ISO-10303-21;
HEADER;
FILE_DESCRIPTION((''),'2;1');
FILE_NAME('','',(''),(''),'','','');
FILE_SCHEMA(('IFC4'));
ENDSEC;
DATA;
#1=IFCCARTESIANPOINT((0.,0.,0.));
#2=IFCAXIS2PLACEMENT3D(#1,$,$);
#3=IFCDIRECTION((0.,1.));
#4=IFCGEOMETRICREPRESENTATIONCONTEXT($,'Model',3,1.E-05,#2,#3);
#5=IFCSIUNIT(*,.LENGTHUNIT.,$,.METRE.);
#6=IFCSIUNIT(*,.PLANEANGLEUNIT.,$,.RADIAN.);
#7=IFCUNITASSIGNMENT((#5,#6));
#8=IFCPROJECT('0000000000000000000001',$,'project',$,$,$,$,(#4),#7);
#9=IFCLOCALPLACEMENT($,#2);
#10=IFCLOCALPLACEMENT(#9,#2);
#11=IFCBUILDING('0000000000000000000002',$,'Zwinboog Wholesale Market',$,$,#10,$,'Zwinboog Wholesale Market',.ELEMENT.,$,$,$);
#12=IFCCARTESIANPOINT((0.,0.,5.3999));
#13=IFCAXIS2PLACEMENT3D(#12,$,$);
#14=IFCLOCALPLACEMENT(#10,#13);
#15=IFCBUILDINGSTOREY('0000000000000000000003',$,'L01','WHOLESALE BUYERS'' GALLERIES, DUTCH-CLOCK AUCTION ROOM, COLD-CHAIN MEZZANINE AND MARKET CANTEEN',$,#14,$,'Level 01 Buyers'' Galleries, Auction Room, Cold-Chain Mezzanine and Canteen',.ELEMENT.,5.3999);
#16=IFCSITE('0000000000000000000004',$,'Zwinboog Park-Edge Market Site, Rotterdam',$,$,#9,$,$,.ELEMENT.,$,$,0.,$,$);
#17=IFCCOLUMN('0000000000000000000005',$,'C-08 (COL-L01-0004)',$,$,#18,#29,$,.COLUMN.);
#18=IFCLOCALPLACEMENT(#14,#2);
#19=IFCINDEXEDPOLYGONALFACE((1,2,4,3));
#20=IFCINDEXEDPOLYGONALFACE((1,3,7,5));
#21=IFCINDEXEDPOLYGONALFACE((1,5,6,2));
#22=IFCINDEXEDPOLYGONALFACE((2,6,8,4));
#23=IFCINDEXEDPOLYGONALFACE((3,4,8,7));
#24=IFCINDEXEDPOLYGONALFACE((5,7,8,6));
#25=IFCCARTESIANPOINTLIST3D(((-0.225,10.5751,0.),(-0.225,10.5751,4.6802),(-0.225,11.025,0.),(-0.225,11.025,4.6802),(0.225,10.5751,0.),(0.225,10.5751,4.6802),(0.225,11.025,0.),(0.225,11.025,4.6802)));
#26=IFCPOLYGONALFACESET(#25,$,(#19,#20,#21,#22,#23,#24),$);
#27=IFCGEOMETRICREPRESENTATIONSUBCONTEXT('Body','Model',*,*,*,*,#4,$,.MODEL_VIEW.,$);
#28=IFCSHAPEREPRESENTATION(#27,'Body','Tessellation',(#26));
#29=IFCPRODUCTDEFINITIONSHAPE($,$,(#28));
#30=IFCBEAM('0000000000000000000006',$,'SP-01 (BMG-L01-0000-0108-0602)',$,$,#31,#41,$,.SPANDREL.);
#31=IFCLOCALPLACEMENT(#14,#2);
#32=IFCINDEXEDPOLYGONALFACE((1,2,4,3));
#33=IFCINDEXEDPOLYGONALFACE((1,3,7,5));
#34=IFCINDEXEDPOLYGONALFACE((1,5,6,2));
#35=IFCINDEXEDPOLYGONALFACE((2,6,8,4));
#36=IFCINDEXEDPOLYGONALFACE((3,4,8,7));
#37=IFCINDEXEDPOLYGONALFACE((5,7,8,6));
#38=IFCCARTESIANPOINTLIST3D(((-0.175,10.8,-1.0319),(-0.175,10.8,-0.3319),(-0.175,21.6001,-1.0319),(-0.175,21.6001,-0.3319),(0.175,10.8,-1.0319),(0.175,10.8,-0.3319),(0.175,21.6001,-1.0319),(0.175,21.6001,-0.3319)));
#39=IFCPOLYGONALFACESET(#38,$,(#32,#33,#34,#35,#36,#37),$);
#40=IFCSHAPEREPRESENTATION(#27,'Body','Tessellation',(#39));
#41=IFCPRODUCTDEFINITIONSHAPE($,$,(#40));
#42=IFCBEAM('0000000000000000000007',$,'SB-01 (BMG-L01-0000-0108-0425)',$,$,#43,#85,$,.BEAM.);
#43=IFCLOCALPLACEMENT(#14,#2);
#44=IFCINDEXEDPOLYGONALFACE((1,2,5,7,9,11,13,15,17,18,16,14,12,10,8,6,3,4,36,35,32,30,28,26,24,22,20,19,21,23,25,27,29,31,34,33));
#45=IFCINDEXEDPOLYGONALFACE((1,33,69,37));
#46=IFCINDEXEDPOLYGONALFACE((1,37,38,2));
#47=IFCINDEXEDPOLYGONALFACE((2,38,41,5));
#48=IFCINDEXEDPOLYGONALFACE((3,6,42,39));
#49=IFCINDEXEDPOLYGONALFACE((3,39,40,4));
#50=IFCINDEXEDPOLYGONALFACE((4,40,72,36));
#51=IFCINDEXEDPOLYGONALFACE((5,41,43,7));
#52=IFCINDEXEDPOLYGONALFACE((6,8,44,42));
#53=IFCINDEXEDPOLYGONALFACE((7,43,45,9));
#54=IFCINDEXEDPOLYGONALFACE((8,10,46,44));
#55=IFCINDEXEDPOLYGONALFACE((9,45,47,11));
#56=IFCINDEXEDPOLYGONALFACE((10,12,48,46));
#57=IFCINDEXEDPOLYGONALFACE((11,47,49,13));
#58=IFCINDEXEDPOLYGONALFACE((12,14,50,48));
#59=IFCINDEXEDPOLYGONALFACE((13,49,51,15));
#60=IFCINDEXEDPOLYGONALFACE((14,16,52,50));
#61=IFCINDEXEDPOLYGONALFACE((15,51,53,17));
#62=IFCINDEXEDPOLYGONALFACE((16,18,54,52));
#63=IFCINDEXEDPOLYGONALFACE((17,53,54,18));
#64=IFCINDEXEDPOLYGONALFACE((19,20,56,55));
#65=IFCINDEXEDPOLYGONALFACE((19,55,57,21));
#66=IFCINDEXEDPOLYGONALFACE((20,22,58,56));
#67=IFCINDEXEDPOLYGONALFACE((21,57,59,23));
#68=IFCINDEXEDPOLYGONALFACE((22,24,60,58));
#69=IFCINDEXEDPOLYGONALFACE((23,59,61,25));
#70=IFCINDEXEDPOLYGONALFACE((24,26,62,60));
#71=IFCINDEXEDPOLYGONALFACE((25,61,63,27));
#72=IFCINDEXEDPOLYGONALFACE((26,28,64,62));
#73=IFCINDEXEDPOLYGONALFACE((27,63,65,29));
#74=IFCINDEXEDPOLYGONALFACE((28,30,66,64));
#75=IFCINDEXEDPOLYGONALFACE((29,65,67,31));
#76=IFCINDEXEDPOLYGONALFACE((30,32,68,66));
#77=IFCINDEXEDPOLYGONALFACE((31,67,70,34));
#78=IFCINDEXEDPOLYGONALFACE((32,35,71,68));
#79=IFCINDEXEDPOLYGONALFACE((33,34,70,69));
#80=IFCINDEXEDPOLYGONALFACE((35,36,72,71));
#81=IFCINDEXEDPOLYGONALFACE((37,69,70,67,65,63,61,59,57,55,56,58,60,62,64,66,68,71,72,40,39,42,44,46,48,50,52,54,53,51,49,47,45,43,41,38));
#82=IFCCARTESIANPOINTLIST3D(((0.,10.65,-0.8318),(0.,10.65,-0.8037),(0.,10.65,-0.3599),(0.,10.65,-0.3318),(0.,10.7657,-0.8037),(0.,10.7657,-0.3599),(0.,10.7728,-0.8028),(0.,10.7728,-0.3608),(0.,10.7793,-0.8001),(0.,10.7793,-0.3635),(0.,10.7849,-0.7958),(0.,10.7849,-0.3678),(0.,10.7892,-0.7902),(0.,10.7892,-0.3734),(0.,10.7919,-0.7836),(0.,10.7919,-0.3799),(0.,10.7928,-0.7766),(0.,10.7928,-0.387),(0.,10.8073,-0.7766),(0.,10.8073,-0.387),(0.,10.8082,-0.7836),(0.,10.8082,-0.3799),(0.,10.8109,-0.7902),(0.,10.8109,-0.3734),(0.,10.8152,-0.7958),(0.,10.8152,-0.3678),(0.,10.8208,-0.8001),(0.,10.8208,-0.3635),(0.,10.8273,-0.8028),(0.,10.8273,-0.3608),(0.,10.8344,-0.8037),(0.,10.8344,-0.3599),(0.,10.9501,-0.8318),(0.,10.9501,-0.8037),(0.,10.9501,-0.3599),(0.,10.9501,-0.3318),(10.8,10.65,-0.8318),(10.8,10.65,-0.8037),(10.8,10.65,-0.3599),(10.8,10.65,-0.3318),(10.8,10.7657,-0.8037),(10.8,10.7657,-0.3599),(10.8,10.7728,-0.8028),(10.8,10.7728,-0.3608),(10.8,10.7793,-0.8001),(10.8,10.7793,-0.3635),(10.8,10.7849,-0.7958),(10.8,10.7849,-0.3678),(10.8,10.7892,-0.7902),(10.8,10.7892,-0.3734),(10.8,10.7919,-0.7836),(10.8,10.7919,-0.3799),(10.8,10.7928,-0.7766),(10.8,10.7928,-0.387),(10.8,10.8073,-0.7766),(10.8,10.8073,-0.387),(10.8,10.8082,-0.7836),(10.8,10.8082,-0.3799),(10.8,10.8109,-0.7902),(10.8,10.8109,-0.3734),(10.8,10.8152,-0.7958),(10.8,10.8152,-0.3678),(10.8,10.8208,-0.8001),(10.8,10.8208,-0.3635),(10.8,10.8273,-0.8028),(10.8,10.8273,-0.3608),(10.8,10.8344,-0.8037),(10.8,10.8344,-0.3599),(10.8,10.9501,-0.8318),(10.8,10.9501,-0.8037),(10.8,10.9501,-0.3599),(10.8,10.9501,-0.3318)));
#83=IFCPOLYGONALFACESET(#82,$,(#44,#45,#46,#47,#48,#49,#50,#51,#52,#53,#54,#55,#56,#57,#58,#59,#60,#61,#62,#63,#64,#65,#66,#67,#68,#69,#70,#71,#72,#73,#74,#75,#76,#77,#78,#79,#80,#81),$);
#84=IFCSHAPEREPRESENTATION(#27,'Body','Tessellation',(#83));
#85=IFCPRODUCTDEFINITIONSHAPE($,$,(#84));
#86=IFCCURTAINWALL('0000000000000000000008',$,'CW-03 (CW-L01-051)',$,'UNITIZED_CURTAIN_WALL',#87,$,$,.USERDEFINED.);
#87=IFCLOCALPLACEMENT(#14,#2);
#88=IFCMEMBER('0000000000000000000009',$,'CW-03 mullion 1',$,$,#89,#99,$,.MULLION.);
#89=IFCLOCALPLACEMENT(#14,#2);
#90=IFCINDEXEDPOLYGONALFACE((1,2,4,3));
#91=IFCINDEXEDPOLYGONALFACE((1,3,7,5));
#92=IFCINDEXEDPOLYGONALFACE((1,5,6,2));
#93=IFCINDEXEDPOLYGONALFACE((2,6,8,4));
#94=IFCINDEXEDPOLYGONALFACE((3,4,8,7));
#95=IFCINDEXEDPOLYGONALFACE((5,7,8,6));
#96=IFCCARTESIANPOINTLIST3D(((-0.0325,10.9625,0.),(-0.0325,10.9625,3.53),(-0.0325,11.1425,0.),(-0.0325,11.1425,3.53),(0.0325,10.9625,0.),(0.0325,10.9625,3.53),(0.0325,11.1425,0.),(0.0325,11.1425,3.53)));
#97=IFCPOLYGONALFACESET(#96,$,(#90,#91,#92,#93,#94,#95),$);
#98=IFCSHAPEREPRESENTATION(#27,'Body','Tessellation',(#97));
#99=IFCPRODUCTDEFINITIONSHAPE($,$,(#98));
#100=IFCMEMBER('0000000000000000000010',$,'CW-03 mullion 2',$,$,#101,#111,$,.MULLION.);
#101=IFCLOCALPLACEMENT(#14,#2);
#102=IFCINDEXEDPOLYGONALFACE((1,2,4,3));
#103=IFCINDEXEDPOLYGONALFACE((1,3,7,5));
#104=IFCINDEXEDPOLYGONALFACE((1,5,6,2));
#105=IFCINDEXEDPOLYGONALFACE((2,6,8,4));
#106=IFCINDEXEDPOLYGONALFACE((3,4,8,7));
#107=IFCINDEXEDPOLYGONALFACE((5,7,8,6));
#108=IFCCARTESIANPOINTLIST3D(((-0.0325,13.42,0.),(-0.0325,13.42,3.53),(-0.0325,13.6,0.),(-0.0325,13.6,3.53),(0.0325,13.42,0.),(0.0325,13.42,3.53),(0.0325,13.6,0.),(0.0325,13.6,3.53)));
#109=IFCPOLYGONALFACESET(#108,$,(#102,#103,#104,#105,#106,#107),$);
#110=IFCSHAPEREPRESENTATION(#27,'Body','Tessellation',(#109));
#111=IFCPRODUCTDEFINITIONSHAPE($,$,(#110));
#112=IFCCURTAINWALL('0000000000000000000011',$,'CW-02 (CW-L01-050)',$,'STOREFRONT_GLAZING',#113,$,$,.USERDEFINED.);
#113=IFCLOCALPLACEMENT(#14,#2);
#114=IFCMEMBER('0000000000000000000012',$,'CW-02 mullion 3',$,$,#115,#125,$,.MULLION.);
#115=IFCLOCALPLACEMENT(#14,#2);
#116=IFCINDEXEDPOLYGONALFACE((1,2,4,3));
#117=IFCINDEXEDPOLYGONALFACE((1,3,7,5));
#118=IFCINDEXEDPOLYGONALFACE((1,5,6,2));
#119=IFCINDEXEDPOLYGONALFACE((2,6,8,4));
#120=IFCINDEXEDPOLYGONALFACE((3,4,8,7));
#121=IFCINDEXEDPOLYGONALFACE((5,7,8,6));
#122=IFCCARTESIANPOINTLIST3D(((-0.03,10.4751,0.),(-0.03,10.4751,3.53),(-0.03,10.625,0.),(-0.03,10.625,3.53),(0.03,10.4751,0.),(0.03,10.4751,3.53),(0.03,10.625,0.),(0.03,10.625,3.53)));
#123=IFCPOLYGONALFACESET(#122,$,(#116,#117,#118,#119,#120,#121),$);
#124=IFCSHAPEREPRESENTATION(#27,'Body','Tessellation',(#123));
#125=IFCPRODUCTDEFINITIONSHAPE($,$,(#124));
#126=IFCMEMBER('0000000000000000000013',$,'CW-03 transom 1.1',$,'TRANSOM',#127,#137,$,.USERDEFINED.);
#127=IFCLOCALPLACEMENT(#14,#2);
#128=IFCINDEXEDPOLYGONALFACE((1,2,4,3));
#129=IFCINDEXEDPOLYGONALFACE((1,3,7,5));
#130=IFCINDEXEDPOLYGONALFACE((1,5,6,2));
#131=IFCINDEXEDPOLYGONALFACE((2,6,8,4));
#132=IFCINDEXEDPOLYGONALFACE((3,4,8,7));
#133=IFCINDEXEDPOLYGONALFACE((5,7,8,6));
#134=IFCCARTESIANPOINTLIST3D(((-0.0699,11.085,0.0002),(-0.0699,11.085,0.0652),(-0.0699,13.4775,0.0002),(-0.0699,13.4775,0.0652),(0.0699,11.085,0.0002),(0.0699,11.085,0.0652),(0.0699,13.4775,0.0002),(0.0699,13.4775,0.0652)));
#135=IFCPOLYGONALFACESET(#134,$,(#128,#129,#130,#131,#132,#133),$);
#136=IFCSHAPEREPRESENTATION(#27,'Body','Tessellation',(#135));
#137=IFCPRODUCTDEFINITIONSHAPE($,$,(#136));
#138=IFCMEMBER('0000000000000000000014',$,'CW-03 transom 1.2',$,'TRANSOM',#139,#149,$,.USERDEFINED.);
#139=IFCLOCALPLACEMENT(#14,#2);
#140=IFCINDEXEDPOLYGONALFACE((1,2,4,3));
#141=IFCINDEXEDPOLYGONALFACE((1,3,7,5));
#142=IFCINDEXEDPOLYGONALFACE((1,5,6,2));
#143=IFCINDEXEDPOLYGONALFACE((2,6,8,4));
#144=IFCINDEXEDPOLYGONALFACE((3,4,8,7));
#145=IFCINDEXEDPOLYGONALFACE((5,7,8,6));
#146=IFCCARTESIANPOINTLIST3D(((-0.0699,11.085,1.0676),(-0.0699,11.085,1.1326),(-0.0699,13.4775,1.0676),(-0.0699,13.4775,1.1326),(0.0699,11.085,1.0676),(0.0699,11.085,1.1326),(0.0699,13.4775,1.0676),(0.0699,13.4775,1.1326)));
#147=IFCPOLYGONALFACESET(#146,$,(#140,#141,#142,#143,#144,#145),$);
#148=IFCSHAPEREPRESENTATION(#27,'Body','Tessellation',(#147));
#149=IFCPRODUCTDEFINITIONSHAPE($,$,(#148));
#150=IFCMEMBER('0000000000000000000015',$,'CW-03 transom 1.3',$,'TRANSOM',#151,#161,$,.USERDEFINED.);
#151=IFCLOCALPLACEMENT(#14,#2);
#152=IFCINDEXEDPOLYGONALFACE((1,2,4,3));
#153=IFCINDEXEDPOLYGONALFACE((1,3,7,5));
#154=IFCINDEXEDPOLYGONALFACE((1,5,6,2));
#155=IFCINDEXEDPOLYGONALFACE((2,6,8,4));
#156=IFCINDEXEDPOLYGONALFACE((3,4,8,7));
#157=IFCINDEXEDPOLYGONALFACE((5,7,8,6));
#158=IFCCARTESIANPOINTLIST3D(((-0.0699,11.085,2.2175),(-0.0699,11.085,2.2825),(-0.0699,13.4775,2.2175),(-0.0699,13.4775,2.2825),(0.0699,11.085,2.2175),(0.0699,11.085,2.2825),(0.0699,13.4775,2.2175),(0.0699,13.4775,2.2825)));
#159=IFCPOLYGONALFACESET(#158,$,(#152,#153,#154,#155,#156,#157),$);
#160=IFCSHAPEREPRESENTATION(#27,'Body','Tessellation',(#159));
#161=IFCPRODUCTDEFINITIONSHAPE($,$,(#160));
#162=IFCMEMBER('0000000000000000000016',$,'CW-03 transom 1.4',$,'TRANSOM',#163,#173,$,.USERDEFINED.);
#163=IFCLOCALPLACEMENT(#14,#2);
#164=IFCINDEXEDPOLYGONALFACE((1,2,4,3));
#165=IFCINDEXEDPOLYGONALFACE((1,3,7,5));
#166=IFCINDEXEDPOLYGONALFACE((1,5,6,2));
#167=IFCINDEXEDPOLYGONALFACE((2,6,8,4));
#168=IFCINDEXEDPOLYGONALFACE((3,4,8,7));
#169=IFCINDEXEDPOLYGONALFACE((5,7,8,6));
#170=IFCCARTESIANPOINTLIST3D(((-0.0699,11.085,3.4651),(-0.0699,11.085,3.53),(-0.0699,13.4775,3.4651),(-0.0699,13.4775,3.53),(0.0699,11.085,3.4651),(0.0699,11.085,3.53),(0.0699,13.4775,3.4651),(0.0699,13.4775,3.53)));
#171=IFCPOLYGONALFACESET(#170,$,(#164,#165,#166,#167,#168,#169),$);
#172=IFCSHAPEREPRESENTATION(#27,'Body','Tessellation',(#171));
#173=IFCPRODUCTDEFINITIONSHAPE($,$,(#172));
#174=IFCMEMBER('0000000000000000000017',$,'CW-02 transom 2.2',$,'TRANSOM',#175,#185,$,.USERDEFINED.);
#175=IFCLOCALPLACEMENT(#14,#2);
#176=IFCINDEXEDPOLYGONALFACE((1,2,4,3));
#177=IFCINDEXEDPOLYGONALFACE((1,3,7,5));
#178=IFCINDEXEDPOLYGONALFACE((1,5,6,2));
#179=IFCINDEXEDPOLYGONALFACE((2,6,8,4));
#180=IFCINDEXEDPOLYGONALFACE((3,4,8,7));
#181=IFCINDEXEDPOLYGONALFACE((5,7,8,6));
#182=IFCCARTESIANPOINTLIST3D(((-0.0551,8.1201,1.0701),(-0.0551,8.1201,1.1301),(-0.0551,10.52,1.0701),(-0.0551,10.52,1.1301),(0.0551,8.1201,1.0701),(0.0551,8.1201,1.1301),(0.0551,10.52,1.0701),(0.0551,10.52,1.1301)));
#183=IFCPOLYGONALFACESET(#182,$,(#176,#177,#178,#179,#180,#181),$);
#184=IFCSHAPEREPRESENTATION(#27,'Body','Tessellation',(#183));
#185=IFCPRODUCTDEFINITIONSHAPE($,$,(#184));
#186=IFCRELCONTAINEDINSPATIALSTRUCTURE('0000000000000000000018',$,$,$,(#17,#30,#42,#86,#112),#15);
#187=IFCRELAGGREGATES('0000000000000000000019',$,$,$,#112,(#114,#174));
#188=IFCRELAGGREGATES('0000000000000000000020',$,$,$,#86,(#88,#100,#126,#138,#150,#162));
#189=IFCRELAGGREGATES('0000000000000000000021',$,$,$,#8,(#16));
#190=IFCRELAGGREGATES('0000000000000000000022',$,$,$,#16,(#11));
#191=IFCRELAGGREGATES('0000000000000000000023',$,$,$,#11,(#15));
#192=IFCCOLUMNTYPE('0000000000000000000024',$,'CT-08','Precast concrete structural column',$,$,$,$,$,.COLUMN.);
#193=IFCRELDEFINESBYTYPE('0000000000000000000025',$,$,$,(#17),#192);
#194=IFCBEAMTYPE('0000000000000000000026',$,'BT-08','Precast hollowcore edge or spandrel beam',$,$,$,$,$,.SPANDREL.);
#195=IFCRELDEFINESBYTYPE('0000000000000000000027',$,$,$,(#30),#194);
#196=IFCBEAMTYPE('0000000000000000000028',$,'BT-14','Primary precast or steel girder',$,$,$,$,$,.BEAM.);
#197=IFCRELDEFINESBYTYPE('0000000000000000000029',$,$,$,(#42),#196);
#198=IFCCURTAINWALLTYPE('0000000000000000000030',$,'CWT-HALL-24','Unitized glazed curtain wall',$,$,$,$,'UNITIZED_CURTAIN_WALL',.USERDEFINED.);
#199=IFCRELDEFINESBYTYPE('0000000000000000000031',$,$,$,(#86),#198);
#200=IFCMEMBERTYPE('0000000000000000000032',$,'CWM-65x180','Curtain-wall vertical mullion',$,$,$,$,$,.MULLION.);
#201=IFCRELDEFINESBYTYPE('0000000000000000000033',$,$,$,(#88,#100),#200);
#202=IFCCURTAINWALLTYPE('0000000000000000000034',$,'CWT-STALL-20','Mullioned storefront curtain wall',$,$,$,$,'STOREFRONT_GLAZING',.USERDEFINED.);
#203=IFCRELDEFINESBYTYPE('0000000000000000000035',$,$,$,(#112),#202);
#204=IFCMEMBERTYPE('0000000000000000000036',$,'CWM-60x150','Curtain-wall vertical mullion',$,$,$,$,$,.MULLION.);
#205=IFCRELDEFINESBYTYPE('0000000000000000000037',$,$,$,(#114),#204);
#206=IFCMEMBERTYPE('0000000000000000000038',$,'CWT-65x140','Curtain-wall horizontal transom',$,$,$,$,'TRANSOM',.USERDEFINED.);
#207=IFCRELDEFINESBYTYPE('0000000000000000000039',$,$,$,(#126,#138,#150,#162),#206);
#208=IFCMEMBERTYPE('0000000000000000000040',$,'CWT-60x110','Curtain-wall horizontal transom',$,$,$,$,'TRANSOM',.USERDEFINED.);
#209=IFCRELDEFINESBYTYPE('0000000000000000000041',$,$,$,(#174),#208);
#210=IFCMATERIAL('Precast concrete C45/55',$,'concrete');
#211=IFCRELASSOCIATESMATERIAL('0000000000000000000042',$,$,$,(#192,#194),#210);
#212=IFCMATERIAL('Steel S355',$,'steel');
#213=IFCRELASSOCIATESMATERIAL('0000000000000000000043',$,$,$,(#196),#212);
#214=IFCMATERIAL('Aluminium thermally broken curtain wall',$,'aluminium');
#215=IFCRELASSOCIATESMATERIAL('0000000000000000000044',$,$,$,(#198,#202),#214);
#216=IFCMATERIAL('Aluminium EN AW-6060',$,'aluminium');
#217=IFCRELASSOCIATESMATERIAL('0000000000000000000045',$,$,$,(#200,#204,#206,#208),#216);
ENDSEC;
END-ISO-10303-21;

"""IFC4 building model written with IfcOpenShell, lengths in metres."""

from ifc_helpers import new_model, si_unit, direction, frame, origin, origin_2d, place, context, subcontext, project, spatial, rectangle, i_section, extrude, material, material_profile, profile_set, type_object, element, aggregate, save


model = new_model("IFC4")

# Units and contexts
model_context = context("Model", 3, precision=1e-05, world=origin(), true_north=direction((0.0, 1.0)))
body_context = subcontext(model_context, "Body", "Model", "MODEL_VIEW")
ifc_project = project(units=[si_unit("LENGTHUNIT", "METRE"), si_unit("PLANEANGLEUNIT", "RADIAN")], contexts=[model_context])

# Site, building, storey
site_placement = place(None, origin())
site = spatial("IfcSite", under=ifc_project, at=site_placement, Name="Zwinboog Park-Edge Market Site, Rotterdam", CompositionType="ELEMENT", RefElevation=0.0)
building_placement = place(site_placement, origin())
building = spatial("IfcBuilding", under=site, at=building_placement, Name="Zwinboog Wholesale Market", LongName="Zwinboog Wholesale Market", CompositionType="ELEMENT")
storey_placement = place(building_placement, frame((0.0, 0.0, 5.3999)))
storey = spatial("IfcBuildingStorey", under=building, at=storey_placement, Name="L01", Description="WHOLESALE BUYERS' GALLERIES, DUTCH-CLOCK AUCTION ROOM, COLD-CHAIN MEZZANINE AND MARKET CANTEEN", LongName="Level 01 Buyers' Galleries, Auction Room, Cold-Chain Mezzanine and Canteen", CompositionType="ELEMENT", Elevation=5.3999)

# Column
ifc_material_1 = material(Name="Precast concrete C45/55", Category="concrete")
ifc_material_profile_1 = material_profile(ifc_material_1, rectangle(XDim=0.45, YDim=0.45, at=origin_2d()), Name="PC 450x450")
ifc_profile_set_1 = profile_set([ifc_material_profile_1], Name="Precast concrete C45/55")
column_type = type_object("IfcColumnType", Name="CT-08", Description="Precast concrete structural column", PredefinedType="COLUMN", material=ifc_profile_set_1)
column_placement = place(storey_placement, frame((0.0, 10.8, 0.0), z_axis=(0.0, 0.0, 1.0), x_axis=(1.0, 0.0, 0.0)))
element("IfcColumn", 1, at=column_placement, inside=storey, type_object=column_type, Name="C-08 (COL-L01-0004)", PredefinedType="COLUMN", context=body_context, shape_type="SweptSolid", body=[
    extrude(rectangle(XDim=0.45, YDim=0.45, at=origin_2d()), origin(), (0.0, 0.0, 1.0), 4.6802),
])

# Beams
ifc_material_profile_2 = material_profile(ifc_material_1, rectangle(XDim=0.3501, YDim=0.7, at=origin_2d()), Name="PC 350x700")
ifc_profile_set_2 = profile_set([ifc_material_profile_2], Name="Precast concrete C45/55")
beam_type_1 = type_object("IfcBeamType", Name="BT-08", Description="Precast hollowcore edge or spandrel beam", PredefinedType="SPANDREL", material=ifc_profile_set_2)
beam_1_placement = place(storey_placement, frame((0.0, 10.8, -0.6819), z_axis=(0.0, 1.0, 0.0), x_axis=(-1.0, 0.0, 0.0)))
element("IfcBeam", 2, at=beam_1_placement, inside=storey, type_object=beam_type_1, Name="SP-01 (BMG-L01-0000-0108-0602)", PredefinedType="SPANDREL", context=body_context, shape_type="SweptSolid", body=[
    extrude(rectangle(XDim=0.3501, YDim=0.7, at=origin_2d()), origin(), (0.0, 0.0, 1.0), 10.8),
])
ifc_material_2 = material(Name="Steel S355", Category="steel")
ifc_material_profile_3 = material_profile(ifc_material_2, i_section(OverallWidth=0.3, OverallDepth=0.5, WebThickness=0.0144, FlangeThickness=0.0281, FilletRadius=0.0271, at=origin_2d()), Name="HEB 500")
ifc_profile_set_3 = profile_set([ifc_material_profile_3], Name="Steel S355")
beam_type_2 = type_object("IfcBeamType", Name="BT-14", Description="Primary precast or steel girder", PredefinedType="BEAM", material=ifc_profile_set_3)
beam_2_placement = place(storey_placement, frame((0.0, 10.8, -0.5818), z_axis=(1.0, 0.0, 0.0), x_axis=(0.0, 1.0, 0.0)))
element("IfcBeam", 3, at=beam_2_placement, inside=storey, type_object=beam_type_2, Name="SB-01 (BMG-L01-0000-0108-0425)", PredefinedType="BEAM", context=body_context, shape_type="SweptSolid", body=[
    extrude(i_section(OverallWidth=0.3, OverallDepth=0.5, WebThickness=0.0144, FlangeThickness=0.0281, FilletRadius=0.0271, at=origin_2d()), origin(), (0.0, 0.0, 1.0), 10.8),
])

# Curtain wall, members
ifc_material_3 = material(Name="Aluminium thermally broken curtain wall", Category="aluminium")
curtain_wall_type_1 = type_object("IfcCurtainWallType", Name="CWT-HALL-24", Description="Unitized glazed curtain wall", ElementType="UNITIZED_CURTAIN_WALL", PredefinedType="USERDEFINED", material=ifc_material_3)
curtain_wall_1_placement = place(storey_placement, origin())
curtain_wall_1 = element("IfcCurtainWall", 4, at=curtain_wall_1_placement, inside=storey, type_object=curtain_wall_type_1, Name="CW-03 (CW-L01-051)", ObjectType="UNITIZED_CURTAIN_WALL", PredefinedType="USERDEFINED")
ifc_material_4 = material(Name="Aluminium EN AW-6060", Category="aluminium")
ifc_material_profile_4 = material_profile(ifc_material_4, rectangle(XDim=0.0649, YDim=0.1799, at=origin_2d()), Name="AL 65x180")
ifc_profile_set_4 = profile_set([ifc_material_profile_4], Name="Aluminium EN AW-6060")
member_type_1 = type_object("IfcMemberType", Name="CWM-65x180", Description="Curtain-wall vertical mullion", PredefinedType="MULLION", material=ifc_profile_set_4)
member_1_placement = place(storey_placement, frame((0.0, 11.0525, 0.0), z_axis=(0.0, 0.0, 1.0), x_axis=(-1.0, 0.0, 0.0)))
member_1 = element("IfcMember", 5, at=member_1_placement, type_object=member_type_1, Name="CW-03 mullion 1", PredefinedType="MULLION", context=body_context, shape_type="SweptSolid", body=[
    extrude(rectangle(XDim=0.0649, YDim=0.1799, at=origin_2d()), origin(), (0.0, 0.0, 1.0), 3.53),
])
member_2_placement = place(storey_placement, frame((0.0, 13.51, 0.0), z_axis=(0.0, 0.0, 1.0), x_axis=(-1.0, 0.0, 0.0)))
member_2 = element("IfcMember", 6, at=member_2_placement, type_object=member_type_1, Name="CW-03 mullion 2", PredefinedType="MULLION", context=body_context, shape_type="SweptSolid", body=[
    extrude(rectangle(XDim=0.0649, YDim=0.1799, at=origin_2d()), origin(), (0.0, 0.0, 1.0), 3.53),
])

# Curtain wall, member
curtain_wall_type_2 = type_object("IfcCurtainWallType", Name="CWT-STALL-20", Description="Mullioned storefront curtain wall", ElementType="STOREFRONT_GLAZING", PredefinedType="USERDEFINED", material=ifc_material_3)
curtain_wall_2_placement = place(storey_placement, origin())
curtain_wall_2 = element("IfcCurtainWall", 7, at=curtain_wall_2_placement, inside=storey, type_object=curtain_wall_type_2, Name="CW-02 (CW-L01-050)", ObjectType="STOREFRONT_GLAZING", PredefinedType="USERDEFINED")
ifc_material_profile_5 = material_profile(ifc_material_4, rectangle(XDim=0.0601, YDim=0.1499, at=origin_2d()), Name="AL 60x150")
ifc_profile_set_5 = profile_set([ifc_material_profile_5], Name="Aluminium EN AW-6060")
member_type_2 = type_object("IfcMemberType", Name="CWM-60x150", Description="Curtain-wall vertical mullion", PredefinedType="MULLION", material=ifc_profile_set_5)
member_3_placement = place(storey_placement, frame((0.0, 10.55, 0.0), z_axis=(0.0, 0.0, 1.0), x_axis=(-1.0, 0.0, 0.0)))
member_3 = element("IfcMember", 8, at=member_3_placement, type_object=member_type_2, Name="CW-02 mullion 3", PredefinedType="MULLION", context=body_context, shape_type="SweptSolid", body=[
    extrude(rectangle(XDim=0.0601, YDim=0.1499, at=origin_2d()), origin(), (0.0, 0.0, 1.0), 3.53),
])

# Members
ifc_material_profile_6 = material_profile(ifc_material_4, rectangle(XDim=0.1399, YDim=0.0649, at=origin_2d()), Name="AL 65x140")
ifc_profile_set_6 = profile_set([ifc_material_profile_6], Name="Aluminium EN AW-6060")
member_type_3 = type_object("IfcMemberType", Name="CWT-65x140", Description="Curtain-wall horizontal transom", ElementType="TRANSOM", PredefinedType="USERDEFINED", material=ifc_profile_set_6)
member_4_placement = place(storey_placement, frame((0.0, 11.085, 0.0327), z_axis=(0.0, 1.0, 0.0), x_axis=(-1.0, 0.0, 0.0)))
member_4 = element("IfcMember", 9, at=member_4_placement, type_object=member_type_3, Name="CW-03 transom 1.1", ObjectType="TRANSOM", PredefinedType="USERDEFINED", context=body_context, shape_type="SweptSolid", body=[
    extrude(rectangle(XDim=0.1399, YDim=0.0649, at=origin_2d()), origin(), (0.0, 0.0, 1.0), 2.3926),
])
member_5_placement = place(storey_placement, frame((0.0, 11.085, 1.1001), z_axis=(0.0, 1.0, 0.0), x_axis=(-1.0, 0.0, 0.0)))
member_5 = element("IfcMember", 10, at=member_5_placement, type_object=member_type_3, Name="CW-03 transom 1.2", ObjectType="TRANSOM", PredefinedType="USERDEFINED", context=body_context, shape_type="SweptSolid", body=[
    extrude(rectangle(XDim=0.1399, YDim=0.0649, at=origin_2d()), origin(), (0.0, 0.0, 1.0), 2.3926),
])
member_6_placement = place(storey_placement, frame((0.0, 11.085, 2.25), z_axis=(0.0, 1.0, 0.0), x_axis=(-1.0, 0.0, 0.0)))
member_6 = element("IfcMember", 11, at=member_6_placement, type_object=member_type_3, Name="CW-03 transom 1.3", ObjectType="TRANSOM", PredefinedType="USERDEFINED", context=body_context, shape_type="SweptSolid", body=[
    extrude(rectangle(XDim=0.1399, YDim=0.0649, at=origin_2d()), origin(), (0.0, 0.0, 1.0), 2.3926),
])
member_7_placement = place(storey_placement, frame((0.0, 11.085, 3.4976), z_axis=(0.0, 1.0, 0.0), x_axis=(-1.0, 0.0, 0.0)))
member_7 = element("IfcMember", 12, at=member_7_placement, type_object=member_type_3, Name="CW-03 transom 1.4", ObjectType="TRANSOM", PredefinedType="USERDEFINED", context=body_context, shape_type="SweptSolid", body=[
    extrude(rectangle(XDim=0.1399, YDim=0.0649, at=origin_2d()), origin(), (0.0, 0.0, 1.0), 2.3926),
])
ifc_material_profile_7 = material_profile(ifc_material_4, rectangle(XDim=0.1101, YDim=0.0601, at=origin_2d()), Name="AL 60x110")
ifc_profile_set_7 = profile_set([ifc_material_profile_7], Name="Aluminium EN AW-6060")
member_type_4 = type_object("IfcMemberType", Name="CWT-60x110", Description="Curtain-wall horizontal transom", ElementType="TRANSOM", PredefinedType="USERDEFINED", material=ifc_profile_set_7)
member_8_placement = place(storey_placement, frame((0.0, 8.1201, 1.1001), z_axis=(0.0, 1.0, 0.0), x_axis=(-1.0, 0.0, 0.0)))
member_8 = element("IfcMember", 13, at=member_8_placement, type_object=member_type_4, Name="CW-02 transom 2.2", ObjectType="TRANSOM", PredefinedType="USERDEFINED", context=body_context, shape_type="SweptSolid", body=[
    extrude(rectangle(XDim=0.1101, YDim=0.0601, at=origin_2d()), origin(), (0.0, 0.0, 1.0), 2.3999),
])

aggregate(curtain_wall_2, [member_3, member_8])
aggregate(curtain_wall_1, [member_1, member_2, member_4, member_5, member_6, member_7])

save(model, "model.ifc")
